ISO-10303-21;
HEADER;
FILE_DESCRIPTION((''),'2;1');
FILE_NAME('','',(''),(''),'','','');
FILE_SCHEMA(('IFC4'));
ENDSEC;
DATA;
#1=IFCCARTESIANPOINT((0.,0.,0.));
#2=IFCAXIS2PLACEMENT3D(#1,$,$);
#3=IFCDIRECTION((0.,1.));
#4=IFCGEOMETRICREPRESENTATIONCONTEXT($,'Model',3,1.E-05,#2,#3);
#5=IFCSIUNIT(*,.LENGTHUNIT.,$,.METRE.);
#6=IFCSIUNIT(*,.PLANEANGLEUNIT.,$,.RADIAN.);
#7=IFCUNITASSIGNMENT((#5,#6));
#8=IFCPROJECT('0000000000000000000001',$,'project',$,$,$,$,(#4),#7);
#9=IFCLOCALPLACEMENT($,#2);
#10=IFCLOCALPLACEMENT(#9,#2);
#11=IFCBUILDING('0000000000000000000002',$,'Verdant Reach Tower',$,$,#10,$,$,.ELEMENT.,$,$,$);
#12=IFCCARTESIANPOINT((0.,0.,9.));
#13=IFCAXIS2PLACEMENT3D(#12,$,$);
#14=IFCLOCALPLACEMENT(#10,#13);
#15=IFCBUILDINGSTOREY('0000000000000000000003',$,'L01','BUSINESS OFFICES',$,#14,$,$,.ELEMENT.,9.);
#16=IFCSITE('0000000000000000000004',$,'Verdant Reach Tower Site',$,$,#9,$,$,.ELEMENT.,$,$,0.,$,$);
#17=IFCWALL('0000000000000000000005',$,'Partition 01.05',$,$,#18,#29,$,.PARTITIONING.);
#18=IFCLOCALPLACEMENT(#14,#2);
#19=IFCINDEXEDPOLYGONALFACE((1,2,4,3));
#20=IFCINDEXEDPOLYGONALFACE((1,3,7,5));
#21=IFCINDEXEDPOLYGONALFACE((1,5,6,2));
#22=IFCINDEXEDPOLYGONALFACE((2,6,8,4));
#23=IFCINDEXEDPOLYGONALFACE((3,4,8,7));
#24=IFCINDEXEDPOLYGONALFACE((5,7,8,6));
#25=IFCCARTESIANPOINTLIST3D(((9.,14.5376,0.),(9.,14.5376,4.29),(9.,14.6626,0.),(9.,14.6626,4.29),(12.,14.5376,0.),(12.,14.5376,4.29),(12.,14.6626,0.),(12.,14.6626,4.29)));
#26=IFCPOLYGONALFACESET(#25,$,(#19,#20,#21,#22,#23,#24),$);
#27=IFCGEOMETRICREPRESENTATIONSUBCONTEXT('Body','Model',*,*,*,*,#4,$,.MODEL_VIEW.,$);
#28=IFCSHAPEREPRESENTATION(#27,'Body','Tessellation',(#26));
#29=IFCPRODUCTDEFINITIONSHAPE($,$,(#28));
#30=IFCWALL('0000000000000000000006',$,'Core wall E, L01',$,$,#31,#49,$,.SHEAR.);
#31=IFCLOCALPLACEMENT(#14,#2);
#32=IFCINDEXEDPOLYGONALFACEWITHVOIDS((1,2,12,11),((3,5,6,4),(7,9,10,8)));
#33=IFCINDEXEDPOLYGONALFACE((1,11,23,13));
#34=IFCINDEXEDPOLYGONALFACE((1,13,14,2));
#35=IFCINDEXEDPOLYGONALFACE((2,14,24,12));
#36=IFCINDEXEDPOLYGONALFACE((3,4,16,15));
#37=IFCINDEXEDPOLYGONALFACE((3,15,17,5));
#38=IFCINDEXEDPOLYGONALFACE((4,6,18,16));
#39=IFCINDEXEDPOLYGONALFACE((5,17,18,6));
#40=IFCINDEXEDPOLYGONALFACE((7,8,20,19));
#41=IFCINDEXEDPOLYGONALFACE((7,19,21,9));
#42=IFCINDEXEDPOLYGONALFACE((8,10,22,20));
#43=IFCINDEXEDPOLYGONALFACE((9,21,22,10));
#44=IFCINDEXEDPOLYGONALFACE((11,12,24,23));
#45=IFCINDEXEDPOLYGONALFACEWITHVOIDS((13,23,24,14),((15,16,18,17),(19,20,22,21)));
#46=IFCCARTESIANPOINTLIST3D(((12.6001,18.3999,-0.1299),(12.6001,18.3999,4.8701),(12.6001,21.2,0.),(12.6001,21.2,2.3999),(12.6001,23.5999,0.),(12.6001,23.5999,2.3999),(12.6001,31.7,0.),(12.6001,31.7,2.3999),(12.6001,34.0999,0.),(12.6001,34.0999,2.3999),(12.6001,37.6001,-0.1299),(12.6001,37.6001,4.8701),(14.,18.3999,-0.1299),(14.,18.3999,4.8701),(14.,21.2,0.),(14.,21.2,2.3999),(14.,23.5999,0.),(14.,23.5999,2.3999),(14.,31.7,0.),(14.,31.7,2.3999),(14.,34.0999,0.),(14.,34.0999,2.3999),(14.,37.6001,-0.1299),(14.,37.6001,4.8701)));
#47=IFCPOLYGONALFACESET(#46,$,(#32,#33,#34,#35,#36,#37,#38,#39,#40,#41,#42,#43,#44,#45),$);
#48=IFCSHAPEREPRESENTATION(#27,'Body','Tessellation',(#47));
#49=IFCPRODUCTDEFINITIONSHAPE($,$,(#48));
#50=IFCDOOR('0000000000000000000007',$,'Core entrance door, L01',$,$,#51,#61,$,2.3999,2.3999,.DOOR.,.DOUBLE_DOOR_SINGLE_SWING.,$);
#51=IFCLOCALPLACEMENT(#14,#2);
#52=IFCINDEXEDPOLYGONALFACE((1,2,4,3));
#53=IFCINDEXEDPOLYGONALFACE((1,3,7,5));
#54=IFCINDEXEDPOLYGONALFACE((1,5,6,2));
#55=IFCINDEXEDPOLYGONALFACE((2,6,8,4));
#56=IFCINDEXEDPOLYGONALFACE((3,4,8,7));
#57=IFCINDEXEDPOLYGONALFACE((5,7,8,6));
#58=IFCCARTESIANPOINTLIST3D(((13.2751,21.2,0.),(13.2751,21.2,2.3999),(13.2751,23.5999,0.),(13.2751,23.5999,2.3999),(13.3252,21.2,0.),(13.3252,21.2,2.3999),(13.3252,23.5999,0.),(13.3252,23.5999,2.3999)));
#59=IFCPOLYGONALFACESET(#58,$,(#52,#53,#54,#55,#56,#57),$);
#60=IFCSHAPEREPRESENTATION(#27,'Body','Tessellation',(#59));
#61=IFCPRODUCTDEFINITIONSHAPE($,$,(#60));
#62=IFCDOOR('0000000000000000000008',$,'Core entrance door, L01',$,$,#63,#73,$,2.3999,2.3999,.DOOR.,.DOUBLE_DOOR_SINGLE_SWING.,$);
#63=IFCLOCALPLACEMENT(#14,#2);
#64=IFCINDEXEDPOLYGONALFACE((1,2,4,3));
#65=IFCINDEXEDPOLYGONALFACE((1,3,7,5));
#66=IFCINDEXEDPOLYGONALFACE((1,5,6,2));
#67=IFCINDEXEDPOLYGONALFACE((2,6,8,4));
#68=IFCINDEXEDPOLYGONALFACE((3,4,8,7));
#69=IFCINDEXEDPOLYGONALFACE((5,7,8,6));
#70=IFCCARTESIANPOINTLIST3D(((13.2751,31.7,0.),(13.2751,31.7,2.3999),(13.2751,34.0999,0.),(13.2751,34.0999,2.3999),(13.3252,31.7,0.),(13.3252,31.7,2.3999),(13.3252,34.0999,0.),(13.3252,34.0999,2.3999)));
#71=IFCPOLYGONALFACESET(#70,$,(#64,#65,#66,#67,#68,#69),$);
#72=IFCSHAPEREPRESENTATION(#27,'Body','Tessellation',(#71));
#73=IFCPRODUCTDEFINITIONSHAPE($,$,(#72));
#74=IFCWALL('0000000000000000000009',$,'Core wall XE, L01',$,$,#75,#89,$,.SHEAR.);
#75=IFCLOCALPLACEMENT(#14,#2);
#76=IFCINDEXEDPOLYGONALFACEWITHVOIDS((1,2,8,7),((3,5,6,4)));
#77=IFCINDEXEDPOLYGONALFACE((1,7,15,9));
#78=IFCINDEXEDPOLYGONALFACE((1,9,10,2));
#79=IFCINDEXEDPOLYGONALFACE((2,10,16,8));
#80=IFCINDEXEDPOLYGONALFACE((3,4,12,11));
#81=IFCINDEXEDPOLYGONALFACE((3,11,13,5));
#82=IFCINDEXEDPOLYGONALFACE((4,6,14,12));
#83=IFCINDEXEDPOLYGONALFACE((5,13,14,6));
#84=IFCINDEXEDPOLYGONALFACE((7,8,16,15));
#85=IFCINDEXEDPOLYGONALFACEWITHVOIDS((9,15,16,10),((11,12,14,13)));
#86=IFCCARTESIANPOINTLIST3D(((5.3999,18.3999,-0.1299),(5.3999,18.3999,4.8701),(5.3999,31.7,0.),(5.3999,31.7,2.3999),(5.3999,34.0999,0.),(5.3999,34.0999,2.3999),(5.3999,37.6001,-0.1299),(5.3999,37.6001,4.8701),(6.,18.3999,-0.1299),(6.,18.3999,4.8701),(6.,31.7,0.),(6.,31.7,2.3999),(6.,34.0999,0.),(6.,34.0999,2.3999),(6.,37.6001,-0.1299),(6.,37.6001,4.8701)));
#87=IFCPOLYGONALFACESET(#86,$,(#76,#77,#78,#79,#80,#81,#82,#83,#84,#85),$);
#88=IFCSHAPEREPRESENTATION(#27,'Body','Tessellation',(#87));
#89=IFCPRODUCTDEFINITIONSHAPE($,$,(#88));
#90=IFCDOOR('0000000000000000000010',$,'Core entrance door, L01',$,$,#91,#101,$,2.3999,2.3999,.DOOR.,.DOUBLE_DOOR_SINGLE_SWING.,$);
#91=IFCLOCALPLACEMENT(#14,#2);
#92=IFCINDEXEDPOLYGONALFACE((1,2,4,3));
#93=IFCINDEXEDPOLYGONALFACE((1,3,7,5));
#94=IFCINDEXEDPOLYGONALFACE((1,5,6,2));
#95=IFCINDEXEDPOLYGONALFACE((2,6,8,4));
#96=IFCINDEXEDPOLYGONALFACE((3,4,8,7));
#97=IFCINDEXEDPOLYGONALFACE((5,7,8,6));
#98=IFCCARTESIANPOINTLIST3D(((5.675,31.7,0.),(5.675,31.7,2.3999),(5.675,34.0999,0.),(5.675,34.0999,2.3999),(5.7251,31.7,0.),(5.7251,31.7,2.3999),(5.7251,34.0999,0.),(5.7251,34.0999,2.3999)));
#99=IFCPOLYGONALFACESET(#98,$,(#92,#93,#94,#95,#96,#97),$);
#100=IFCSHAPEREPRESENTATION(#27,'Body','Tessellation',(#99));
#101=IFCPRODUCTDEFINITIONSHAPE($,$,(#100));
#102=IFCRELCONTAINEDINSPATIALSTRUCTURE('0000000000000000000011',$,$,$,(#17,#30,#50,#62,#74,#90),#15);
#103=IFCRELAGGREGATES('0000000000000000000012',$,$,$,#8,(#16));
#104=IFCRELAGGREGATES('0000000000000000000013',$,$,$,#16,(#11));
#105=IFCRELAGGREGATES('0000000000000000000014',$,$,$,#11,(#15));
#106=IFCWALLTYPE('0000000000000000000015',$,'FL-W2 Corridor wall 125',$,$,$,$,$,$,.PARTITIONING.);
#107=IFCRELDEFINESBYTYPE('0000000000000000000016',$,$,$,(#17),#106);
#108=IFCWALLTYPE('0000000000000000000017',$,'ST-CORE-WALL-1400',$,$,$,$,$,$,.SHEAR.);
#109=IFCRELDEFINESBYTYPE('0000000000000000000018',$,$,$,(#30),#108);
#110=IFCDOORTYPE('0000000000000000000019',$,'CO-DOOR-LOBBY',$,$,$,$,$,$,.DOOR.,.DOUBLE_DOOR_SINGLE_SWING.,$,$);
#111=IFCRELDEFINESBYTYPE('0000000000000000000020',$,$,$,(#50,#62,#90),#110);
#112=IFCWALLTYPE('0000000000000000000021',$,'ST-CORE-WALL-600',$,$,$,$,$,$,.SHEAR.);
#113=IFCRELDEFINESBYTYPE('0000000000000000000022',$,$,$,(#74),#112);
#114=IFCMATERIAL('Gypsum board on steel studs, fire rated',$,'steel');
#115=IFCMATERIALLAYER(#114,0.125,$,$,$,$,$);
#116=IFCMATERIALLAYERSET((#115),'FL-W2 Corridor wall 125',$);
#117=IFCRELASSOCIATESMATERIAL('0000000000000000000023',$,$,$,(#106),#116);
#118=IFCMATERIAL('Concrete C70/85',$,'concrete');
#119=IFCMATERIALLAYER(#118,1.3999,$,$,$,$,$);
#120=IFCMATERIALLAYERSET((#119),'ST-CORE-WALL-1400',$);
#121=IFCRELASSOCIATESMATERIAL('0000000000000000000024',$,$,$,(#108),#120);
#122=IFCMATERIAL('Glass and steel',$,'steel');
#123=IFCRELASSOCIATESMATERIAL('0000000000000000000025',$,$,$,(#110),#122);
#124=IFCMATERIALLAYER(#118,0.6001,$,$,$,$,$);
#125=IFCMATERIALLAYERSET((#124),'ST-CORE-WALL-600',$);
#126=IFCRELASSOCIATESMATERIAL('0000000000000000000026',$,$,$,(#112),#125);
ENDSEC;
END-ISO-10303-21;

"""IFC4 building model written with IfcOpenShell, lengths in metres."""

from ifc_helpers import new_model, si_unit, direction, frame, frame_2d, origin, place, context, subcontext, project, spatial, rectangle, extrude, material, layer, layer_set, type_object, element, fill, save


model = new_model("IFC4")

# Units and contexts
model_context = context("Model", 3, precision=1e-05, world=origin(), true_north=direction((0.0, 1.0)))
body_context = subcontext(model_context, "Body", "Model", "MODEL_VIEW")
ifc_project = project(units=[si_unit("LENGTHUNIT", "METRE"), si_unit("PLANEANGLEUNIT", "RADIAN")], contexts=[model_context])

# Site, building, storey
site_placement = place(None, origin())
site = spatial("IfcSite", under=ifc_project, at=site_placement, Name="Verdant Reach Tower Site", CompositionType="ELEMENT", RefElevation=0.0)
building_placement = place(site_placement, origin())
building = spatial("IfcBuilding", under=site, at=building_placement, Name="Verdant Reach Tower", CompositionType="ELEMENT")
storey_placement = place(building_placement, frame((0.0, 0.0, 9.0)))
storey = spatial("IfcBuildingStorey", under=building, at=storey_placement, Name="L01", Description="BUSINESS OFFICES", CompositionType="ELEMENT", Elevation=9.0)

# Shared definitions
ifc_material_1 = material(Name="Gypsum board on steel studs, fire rated", Category="steel")
ifc_layer_1 = layer(ifc_material_1, 0.125)
ifc_layer_set_1 = layer_set([ifc_layer_1], Name="FL-W2 Corridor wall 125")
wall_type_1 = type_object("IfcWallType", Name="FL-W2 Corridor wall 125", PredefinedType="PARTITIONING", material=ifc_layer_set_1)

# Wall
wall_1_placement = place(storey_placement, frame((9.0, 14.6001, 0.0), z_axis=(0.0, 0.0, 1.0), x_axis=(1.0, 0.0, 0.0)))
element("IfcWall", 1, at=wall_1_placement, inside=storey, type_object=wall_type_1, Name="Partition 01.05", PredefinedType="PARTITIONING", context=body_context, shape_type="SweptSolid", body=[
    extrude(rectangle(XDim=3.0, YDim=0.125, at=frame_2d((1.5, 0.0))), origin(), (0.0, 0.0, 1.0), 4.29),
])

# Wall, openings, doors
ifc_material_2 = material(Name="Concrete C70/85", Category="concrete")
ifc_layer_2 = layer(ifc_material_2, 1.3999)
ifc_layer_set_2 = layer_set([ifc_layer_2], Name="ST-CORE-WALL-1400")
wall_type_2 = type_object("IfcWallType", Name="ST-CORE-WALL-1400", PredefinedType="SHEAR", material=ifc_layer_set_2)
wall_2_placement = place(storey_placement, frame((13.3, 18.3999, -0.1299), z_axis=(0.0, 0.0, 1.0), x_axis=(0.0, 1.0, 0.0)))
wall_2 = element("IfcWall", 2, at=wall_2_placement, inside=storey, type_object=wall_type_2, Name="Core wall E, L01", PredefinedType="SHEAR", context=body_context, shape_type="SweptSolid", body=[
    extrude(rectangle(XDim=19.2002, YDim=1.3999, at=frame_2d((9.6001, 0.0))), origin(), (0.0, 0.0, 1.0), 5.0),
])
opening_1_placement = place(wall_2_placement, frame((2.8, 0.0, 0.1299)))
opening_1 = element("IfcOpeningElement", 3, at=opening_1_placement, cuts=wall_2, PredefinedType="OPENING", context=body_context, shape_type="SweptSolid", body=[
    extrude(rectangle(XDim=2.3999, YDim=2.3999, at=frame_2d((1.2, 1.2))), frame((0.0, 0.71, 0.0), z_axis=(0.0, -1.0, 0.0), x_axis=(1.0, 0.0, 0.0)), (0.0, 0.0, 1.0), 1.4199),
])
opening_2_placement = place(wall_2_placement, frame((13.3, 0.0, 0.1299)))
opening_2 = element("IfcOpeningElement", 4, at=opening_2_placement, cuts=wall_2, PredefinedType="OPENING", context=body_context, shape_type="SweptSolid", body=[
    extrude(rectangle(XDim=2.3999, YDim=2.3999, at=frame_2d((1.2, 1.2))), frame((0.0, 0.71, 0.0), z_axis=(0.0, -1.0, 0.0), x_axis=(1.0, 0.0, 0.0)), (0.0, 0.0, 1.0), 1.4199),
])
ifc_material_3 = material(Name="Glass and steel", Category="steel")
door_type_1 = type_object("IfcDoorType", Name="CO-DOOR-LOBBY", OperationType="DOUBLE_DOOR_SINGLE_SWING", PredefinedType="DOOR", material=ifc_material_3)
door_1_placement = place(opening_1_placement, origin())
door_1 = element("IfcDoor", 5, at=door_1_placement, inside=storey, type_object=door_type_1, Name="Core entrance door, L01", OperationType="DOUBLE_DOOR_SINGLE_SWING", OverallHeight=2.3999, OverallWidth=2.3999, PredefinedType="DOOR", context=body_context, shape_type="SweptSolid", body=[
    extrude(rectangle(XDim=2.3999, YDim=2.3999, at=frame_2d((1.2, 1.2))), frame((0.0, 0.0249, 0.0), z_axis=(0.0, -1.0, 0.0), x_axis=(1.0, 0.0, 0.0)), (0.0, 0.0, 1.0), 0.05),
])
fill(opening_1, door_1)
door_2_placement = place(opening_2_placement, origin())
door_2 = element("IfcDoor", 6, at=door_2_placement, inside=storey, type_object=door_type_1, Name="Core entrance door, L01", OperationType="DOUBLE_DOOR_SINGLE_SWING", OverallHeight=2.3999, OverallWidth=2.3999, PredefinedType="DOOR", context=body_context, shape_type="SweptSolid", body=[
    extrude(rectangle(XDim=2.3999, YDim=2.3999, at=frame_2d((1.2, 1.2))), frame((0.0, 0.0249, 0.0), z_axis=(0.0, -1.0, 0.0), x_axis=(1.0, 0.0, 0.0)), (0.0, 0.0, 1.0), 0.05),
])
fill(opening_2, door_2)

# Wall, opening, door
ifc_layer_3 = layer(ifc_material_2, 0.6001)
ifc_layer_set_3 = layer_set([ifc_layer_3], Name="ST-CORE-WALL-600")
wall_type_3 = type_object("IfcWallType", Name="ST-CORE-WALL-600", PredefinedType="SHEAR", material=ifc_layer_set_3)
wall_3_placement = place(storey_placement, frame((5.7, 18.3999, -0.1299), z_axis=(0.0, 0.0, 1.0), x_axis=(0.0, 1.0, 0.0)))
wall_3 = element("IfcWall", 7, at=wall_3_placement, inside=storey, type_object=wall_type_3, Name="Core wall XE, L01", PredefinedType="SHEAR", context=body_context, shape_type="SweptSolid", body=[
    extrude(rectangle(XDim=19.2002, YDim=0.6001, at=frame_2d((9.6001, 0.0))), origin(), (0.0, 0.0, 1.0), 5.0),
])
opening_3_placement = place(wall_3_placement, frame((13.3, 0.0, 0.1299)))
opening_3 = element("IfcOpeningElement", 8, at=opening_3_placement, cuts=wall_3, PredefinedType="OPENING", context=body_context, shape_type="SweptSolid", body=[
    extrude(rectangle(XDim=2.3999, YDim=2.3999, at=frame_2d((1.2, 1.2))), frame((0.0, 0.3101, 0.0), z_axis=(0.0, -1.0, 0.0), x_axis=(1.0, 0.0, 0.0)), (0.0, 0.0, 1.0), 0.6201),
])
door_3_placement = place(opening_3_placement, origin())
door_3 = element("IfcDoor", 9, at=door_3_placement, inside=storey, type_object=door_type_1, Name="Core entrance door, L01", OperationType="DOUBLE_DOOR_SINGLE_SWING", OverallHeight=2.3999, OverallWidth=2.3999, PredefinedType="DOOR", context=body_context, shape_type="SweptSolid", body=[
    extrude(rectangle(XDim=2.3999, YDim=2.3999, at=frame_2d((1.2, 1.2))), frame((0.0, 0.0249, 0.0), z_axis=(0.0, -1.0, 0.0), x_axis=(1.0, 0.0, 0.0)), (0.0, 0.0, 1.0), 0.05),
])
fill(opening_3, door_3)

save(model, "model.ifc")
